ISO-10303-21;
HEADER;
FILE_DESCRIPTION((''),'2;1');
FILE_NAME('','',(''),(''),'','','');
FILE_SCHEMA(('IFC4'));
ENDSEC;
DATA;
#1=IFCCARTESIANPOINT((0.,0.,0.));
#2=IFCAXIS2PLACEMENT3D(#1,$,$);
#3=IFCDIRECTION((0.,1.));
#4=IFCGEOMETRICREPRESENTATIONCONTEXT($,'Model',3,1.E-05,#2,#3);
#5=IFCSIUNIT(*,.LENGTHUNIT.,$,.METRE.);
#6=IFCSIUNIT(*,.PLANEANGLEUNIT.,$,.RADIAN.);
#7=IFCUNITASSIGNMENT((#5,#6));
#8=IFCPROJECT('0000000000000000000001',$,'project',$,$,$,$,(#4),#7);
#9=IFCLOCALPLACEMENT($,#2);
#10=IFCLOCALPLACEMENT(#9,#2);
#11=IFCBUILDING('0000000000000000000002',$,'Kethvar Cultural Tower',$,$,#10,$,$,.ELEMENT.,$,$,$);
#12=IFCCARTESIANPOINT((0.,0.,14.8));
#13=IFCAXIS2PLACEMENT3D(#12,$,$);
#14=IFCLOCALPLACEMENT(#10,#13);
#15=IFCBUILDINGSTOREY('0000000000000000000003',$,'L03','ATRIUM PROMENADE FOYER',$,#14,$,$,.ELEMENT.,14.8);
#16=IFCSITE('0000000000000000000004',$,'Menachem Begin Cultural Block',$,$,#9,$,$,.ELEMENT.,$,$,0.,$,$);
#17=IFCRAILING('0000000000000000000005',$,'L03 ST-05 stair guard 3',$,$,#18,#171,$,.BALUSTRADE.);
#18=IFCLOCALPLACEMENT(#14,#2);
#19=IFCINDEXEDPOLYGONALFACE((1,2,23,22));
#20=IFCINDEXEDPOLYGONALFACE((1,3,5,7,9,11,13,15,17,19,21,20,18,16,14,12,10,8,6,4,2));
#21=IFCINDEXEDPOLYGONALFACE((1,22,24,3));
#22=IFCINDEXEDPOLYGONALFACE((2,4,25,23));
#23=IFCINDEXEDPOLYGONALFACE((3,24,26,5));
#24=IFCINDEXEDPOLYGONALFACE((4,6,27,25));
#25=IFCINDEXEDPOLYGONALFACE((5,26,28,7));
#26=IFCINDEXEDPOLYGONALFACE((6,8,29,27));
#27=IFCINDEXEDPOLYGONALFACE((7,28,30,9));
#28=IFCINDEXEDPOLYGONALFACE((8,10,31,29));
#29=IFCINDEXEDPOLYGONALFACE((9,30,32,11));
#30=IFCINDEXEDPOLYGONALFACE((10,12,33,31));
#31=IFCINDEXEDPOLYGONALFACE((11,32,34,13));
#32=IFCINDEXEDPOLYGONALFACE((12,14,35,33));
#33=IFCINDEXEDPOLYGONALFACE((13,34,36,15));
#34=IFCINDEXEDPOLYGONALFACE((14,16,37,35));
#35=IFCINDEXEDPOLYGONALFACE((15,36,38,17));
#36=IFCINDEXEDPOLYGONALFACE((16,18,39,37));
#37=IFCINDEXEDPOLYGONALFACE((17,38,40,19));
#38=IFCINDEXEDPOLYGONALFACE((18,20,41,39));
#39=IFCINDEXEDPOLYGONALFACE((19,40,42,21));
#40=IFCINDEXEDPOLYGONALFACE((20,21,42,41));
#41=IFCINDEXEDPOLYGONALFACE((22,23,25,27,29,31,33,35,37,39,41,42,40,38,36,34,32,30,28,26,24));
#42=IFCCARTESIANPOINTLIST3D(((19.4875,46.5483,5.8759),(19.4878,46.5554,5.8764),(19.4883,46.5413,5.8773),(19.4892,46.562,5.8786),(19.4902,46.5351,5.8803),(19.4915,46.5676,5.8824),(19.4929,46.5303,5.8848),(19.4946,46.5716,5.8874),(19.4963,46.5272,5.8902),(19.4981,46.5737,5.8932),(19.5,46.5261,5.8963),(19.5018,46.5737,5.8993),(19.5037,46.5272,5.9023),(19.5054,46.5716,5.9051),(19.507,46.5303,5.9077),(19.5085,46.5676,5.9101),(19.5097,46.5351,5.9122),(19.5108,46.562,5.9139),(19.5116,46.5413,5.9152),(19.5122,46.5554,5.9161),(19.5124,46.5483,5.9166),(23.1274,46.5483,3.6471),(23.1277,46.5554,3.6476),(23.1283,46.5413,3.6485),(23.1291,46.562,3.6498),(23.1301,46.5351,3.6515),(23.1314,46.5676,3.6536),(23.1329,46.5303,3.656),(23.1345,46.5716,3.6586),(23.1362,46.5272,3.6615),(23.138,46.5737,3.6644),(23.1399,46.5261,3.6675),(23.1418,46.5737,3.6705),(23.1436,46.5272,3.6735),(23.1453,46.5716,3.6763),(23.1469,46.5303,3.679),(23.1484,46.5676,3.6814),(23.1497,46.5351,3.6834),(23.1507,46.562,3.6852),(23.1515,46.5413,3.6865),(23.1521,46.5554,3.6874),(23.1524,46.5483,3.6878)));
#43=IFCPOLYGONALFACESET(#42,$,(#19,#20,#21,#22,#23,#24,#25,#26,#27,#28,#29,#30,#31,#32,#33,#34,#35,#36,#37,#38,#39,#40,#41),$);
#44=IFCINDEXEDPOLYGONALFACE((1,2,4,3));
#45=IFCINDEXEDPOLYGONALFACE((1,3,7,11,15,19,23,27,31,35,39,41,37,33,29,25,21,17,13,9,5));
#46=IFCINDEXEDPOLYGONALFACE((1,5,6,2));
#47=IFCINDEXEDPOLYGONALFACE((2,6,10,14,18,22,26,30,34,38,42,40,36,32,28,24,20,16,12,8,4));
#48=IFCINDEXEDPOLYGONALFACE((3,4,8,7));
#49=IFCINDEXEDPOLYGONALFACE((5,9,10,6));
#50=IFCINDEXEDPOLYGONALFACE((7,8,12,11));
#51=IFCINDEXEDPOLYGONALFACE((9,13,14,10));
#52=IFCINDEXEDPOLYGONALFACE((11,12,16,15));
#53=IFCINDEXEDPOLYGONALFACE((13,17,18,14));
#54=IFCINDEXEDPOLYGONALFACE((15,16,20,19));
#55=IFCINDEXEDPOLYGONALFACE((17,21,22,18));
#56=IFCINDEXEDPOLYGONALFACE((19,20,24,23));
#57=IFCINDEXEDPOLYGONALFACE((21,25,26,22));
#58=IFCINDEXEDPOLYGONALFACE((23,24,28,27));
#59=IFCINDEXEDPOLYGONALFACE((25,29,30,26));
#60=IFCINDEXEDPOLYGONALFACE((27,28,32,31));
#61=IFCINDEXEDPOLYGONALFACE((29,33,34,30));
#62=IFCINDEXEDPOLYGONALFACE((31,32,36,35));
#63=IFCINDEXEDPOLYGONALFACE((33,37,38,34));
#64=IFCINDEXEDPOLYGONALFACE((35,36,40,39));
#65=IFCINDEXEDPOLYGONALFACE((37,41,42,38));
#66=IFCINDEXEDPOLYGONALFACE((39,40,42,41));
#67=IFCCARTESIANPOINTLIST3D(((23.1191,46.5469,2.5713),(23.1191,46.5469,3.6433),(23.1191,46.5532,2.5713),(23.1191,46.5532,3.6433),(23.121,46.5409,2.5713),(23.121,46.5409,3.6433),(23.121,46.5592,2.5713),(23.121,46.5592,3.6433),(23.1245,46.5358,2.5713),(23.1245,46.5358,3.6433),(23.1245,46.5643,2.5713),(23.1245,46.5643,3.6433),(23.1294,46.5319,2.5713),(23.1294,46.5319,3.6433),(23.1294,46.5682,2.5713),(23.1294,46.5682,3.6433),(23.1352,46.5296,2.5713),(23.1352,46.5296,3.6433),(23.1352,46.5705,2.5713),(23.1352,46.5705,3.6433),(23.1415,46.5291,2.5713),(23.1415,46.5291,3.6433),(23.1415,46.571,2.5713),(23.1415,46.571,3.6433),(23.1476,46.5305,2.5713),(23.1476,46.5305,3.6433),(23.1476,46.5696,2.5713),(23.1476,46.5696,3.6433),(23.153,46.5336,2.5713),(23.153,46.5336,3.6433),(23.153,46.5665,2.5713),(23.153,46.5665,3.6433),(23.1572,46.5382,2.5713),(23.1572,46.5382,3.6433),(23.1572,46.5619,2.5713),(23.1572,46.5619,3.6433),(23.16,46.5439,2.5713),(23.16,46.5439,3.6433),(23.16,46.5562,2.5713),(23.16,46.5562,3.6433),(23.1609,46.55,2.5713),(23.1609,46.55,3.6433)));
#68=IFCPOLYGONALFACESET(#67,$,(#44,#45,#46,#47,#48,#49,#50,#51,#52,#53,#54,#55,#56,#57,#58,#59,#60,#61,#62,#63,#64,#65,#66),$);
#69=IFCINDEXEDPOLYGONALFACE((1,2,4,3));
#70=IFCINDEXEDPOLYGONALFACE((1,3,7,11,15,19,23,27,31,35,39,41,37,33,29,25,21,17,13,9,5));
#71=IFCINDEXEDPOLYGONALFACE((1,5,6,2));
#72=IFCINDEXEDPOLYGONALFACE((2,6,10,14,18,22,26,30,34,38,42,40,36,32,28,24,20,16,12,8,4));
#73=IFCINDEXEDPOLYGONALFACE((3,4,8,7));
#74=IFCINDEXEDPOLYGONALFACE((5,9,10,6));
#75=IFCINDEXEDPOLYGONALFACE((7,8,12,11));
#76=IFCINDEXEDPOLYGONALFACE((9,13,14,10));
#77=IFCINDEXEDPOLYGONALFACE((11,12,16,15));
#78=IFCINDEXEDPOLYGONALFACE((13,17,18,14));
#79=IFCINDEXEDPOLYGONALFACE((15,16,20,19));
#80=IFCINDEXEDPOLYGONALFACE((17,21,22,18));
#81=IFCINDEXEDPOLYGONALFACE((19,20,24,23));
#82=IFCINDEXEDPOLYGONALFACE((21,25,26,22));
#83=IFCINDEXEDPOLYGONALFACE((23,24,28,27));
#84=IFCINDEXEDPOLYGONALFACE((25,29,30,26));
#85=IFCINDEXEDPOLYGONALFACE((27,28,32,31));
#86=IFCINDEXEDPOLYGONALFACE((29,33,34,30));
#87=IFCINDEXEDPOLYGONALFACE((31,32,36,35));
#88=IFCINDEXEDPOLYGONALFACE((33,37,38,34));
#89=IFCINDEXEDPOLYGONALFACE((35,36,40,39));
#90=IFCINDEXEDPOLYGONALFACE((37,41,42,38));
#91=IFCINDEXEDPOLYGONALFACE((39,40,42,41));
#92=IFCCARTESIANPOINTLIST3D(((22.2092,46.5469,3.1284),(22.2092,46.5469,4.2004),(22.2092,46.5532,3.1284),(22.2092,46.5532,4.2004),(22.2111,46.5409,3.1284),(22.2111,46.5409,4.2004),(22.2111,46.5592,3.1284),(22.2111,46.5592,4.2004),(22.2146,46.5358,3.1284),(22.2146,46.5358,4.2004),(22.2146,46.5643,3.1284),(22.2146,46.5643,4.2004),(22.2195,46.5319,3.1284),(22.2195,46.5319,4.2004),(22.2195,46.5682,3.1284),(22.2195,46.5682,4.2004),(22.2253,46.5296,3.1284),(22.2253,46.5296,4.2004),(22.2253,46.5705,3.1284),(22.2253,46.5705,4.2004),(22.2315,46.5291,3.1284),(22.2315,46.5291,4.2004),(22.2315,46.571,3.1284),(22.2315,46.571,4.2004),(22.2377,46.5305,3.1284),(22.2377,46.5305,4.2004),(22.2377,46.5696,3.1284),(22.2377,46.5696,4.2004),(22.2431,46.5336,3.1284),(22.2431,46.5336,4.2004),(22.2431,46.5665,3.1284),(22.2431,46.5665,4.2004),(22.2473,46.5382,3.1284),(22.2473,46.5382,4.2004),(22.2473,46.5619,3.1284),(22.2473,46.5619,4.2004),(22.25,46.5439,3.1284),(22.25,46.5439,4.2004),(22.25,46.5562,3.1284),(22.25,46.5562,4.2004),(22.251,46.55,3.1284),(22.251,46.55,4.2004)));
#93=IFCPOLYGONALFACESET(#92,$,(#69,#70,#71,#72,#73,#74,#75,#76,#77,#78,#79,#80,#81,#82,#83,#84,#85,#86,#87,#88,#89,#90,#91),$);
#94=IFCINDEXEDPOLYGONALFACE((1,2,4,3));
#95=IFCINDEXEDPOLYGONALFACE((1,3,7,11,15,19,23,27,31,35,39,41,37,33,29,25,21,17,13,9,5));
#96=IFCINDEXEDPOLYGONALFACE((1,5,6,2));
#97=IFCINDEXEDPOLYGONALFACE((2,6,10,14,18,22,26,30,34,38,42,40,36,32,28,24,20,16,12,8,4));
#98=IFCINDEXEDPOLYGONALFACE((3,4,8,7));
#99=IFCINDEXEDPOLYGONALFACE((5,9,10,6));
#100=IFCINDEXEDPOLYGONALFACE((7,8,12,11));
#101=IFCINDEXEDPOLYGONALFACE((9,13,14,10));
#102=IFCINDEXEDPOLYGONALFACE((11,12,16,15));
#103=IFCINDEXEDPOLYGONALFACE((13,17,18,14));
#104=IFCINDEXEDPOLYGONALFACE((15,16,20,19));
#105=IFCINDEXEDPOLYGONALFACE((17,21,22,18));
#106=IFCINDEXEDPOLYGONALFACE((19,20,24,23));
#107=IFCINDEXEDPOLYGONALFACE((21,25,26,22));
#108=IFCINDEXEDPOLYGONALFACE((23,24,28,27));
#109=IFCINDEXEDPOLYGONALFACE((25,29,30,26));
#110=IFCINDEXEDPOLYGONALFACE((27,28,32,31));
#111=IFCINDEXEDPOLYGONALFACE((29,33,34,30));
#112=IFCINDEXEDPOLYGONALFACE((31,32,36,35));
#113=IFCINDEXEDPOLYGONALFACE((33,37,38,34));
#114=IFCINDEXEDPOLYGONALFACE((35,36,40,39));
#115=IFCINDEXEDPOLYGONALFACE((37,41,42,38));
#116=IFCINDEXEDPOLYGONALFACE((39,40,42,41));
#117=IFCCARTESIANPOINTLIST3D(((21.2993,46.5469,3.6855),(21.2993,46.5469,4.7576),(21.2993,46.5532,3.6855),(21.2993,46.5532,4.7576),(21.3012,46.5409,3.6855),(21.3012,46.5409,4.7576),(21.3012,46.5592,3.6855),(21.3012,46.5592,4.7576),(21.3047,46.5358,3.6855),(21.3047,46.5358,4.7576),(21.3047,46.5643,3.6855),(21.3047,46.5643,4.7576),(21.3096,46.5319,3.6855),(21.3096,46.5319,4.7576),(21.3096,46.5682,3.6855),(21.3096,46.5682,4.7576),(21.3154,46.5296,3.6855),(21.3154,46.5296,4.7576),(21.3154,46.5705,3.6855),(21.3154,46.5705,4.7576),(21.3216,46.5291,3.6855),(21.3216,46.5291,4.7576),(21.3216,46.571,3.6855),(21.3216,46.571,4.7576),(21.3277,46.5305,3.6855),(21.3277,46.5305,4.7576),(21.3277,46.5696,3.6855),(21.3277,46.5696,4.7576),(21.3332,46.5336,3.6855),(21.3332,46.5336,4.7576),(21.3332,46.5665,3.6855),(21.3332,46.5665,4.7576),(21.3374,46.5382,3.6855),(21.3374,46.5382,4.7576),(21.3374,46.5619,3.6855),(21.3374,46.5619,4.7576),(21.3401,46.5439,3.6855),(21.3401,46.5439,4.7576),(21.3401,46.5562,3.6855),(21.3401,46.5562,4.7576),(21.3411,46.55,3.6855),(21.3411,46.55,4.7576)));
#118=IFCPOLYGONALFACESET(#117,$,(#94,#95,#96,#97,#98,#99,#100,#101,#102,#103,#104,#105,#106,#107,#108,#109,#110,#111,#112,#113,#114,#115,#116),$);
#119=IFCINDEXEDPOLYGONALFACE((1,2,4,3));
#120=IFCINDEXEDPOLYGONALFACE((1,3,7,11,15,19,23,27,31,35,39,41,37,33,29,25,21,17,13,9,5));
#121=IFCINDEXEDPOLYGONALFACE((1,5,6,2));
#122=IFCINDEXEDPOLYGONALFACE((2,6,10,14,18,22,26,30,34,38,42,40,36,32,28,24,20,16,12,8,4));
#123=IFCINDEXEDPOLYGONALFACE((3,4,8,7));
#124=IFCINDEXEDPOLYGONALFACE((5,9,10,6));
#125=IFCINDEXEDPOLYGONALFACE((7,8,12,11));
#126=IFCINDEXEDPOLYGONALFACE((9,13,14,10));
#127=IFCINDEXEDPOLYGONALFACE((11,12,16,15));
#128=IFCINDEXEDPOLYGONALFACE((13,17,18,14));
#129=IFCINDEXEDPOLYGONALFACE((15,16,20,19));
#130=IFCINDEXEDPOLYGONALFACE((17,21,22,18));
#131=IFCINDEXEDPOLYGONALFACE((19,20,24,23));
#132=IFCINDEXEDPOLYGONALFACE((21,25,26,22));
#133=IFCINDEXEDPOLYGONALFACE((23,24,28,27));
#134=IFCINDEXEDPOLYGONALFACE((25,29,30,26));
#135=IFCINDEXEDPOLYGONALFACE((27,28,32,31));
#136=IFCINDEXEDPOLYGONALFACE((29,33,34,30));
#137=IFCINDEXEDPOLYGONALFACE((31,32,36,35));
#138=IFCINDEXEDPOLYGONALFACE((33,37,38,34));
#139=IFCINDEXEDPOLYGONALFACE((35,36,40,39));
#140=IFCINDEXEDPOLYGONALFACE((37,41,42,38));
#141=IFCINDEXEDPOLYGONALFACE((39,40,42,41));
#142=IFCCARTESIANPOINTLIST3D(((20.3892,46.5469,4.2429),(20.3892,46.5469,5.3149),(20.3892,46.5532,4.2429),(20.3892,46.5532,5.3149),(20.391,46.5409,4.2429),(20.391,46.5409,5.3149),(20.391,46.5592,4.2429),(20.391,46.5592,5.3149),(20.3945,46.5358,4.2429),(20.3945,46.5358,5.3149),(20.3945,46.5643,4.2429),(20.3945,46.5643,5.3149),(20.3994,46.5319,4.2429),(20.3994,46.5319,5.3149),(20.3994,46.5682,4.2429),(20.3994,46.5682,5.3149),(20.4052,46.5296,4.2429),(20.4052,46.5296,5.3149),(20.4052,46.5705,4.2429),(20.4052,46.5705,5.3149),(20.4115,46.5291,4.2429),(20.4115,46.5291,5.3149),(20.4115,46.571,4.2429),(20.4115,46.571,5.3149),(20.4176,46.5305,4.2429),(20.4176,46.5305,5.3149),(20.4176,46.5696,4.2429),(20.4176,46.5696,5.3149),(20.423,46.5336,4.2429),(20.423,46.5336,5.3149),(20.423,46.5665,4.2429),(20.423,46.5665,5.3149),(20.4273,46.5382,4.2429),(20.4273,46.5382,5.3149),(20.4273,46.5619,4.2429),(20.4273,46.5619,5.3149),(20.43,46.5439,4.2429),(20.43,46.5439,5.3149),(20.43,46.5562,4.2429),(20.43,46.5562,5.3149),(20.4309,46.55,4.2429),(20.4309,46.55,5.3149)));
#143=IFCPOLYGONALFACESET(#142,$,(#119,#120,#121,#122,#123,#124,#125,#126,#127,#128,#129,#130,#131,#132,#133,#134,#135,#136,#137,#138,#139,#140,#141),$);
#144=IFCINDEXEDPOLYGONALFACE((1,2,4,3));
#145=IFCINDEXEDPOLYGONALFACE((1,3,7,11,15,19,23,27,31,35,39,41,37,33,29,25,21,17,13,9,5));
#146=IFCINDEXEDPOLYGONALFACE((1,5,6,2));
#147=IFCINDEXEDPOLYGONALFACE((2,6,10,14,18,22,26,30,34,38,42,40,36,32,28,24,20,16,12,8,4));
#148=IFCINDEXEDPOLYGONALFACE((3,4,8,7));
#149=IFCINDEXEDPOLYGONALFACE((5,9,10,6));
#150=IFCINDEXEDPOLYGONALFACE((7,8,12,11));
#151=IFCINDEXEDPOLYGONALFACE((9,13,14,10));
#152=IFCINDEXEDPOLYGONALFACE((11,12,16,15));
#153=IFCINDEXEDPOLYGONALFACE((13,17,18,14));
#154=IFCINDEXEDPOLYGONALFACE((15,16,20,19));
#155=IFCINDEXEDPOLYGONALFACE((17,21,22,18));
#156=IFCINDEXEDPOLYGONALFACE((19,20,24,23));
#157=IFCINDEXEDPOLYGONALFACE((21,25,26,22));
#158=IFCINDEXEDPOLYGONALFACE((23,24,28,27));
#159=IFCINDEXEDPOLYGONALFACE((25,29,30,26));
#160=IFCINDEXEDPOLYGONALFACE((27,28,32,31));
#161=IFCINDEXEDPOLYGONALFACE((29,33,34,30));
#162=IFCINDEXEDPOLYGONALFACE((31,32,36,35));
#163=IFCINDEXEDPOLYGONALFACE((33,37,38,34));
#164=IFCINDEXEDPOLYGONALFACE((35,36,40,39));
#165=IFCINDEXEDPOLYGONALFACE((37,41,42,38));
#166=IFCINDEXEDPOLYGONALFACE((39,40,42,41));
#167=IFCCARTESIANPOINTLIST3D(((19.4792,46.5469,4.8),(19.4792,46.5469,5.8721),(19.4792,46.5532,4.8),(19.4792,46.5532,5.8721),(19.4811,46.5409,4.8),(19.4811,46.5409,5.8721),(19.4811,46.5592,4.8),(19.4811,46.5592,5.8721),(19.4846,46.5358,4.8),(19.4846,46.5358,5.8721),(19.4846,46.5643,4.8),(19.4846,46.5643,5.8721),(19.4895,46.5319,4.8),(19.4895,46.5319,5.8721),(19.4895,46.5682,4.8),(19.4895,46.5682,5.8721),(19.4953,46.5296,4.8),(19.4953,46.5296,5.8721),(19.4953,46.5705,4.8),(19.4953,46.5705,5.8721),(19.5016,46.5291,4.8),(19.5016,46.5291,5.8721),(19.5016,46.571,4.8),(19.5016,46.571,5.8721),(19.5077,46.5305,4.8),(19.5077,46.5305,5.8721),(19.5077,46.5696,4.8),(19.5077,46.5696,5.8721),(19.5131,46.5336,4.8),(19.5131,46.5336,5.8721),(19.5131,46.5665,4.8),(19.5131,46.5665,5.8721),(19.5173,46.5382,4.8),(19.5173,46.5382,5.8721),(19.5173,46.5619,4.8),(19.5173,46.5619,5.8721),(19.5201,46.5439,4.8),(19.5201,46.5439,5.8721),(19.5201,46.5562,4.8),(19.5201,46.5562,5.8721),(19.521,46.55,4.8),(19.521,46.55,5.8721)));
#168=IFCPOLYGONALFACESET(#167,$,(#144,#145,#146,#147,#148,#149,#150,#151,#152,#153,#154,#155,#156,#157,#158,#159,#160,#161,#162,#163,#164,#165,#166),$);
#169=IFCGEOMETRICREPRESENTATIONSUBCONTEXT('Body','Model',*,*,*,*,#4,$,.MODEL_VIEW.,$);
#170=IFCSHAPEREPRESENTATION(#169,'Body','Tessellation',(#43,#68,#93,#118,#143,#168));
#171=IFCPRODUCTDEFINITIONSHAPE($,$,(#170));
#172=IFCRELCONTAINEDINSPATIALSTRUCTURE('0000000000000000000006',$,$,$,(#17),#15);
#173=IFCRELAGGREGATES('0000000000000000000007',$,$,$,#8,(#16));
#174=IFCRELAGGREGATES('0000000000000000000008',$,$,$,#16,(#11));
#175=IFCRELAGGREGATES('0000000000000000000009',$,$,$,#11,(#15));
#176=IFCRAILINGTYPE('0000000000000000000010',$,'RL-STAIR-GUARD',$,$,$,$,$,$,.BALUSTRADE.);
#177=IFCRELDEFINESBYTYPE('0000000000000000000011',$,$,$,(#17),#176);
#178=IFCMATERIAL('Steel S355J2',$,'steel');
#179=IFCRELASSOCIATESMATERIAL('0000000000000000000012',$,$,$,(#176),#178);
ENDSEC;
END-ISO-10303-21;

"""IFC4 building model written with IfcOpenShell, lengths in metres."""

from ifc_helpers import new_model, si_unit, direction, frame, origin, origin_2d, place, context, subcontext, project, spatial, circle, extrude, material, type_object, element, save


model = new_model("IFC4")

# Units and contexts
model_context = context("Model", 3, precision=1e-05, world=origin(), true_north=direction((0.0, 1.0)))
body_context = subcontext(model_context, "Body", "Model", "MODEL_VIEW")
ifc_project = project(units=[si_unit("LENGTHUNIT", "METRE"), si_unit("PLANEANGLEUNIT", "RADIAN")], contexts=[model_context])

# Site, building, storey
site_placement = place(None, origin())
site = spatial("IfcSite", under=ifc_project, at=site_placement, Name="Menachem Begin Cultural Block", CompositionType="ELEMENT", RefElevation=0.0)
building_placement = place(site_placement, origin())
building = spatial("IfcBuilding", under=site, at=building_placement, Name="Kethvar Cultural Tower", CompositionType="ELEMENT")
storey_placement = place(building_placement, frame((0.0, 0.0, 14.8)))
storey = spatial("IfcBuildingStorey", under=building, at=storey_placement, Name="L03", Description="ATRIUM PROMENADE FOYER", CompositionType="ELEMENT", Elevation=14.8)

# Railing
ifc_material_1 = material(Name="Steel S355J2", Category="steel")
railing_type_1 = type_object("IfcRailingType", Name="RL-STAIR-GUARD", PredefinedType="BALUSTRADE", material=ifc_material_1)
railing_1_placement = place(storey_placement, frame((23.1399, 46.55, 2.5713)))
element("IfcRailing", 1, at=railing_1_placement, inside=storey, type_object=railing_type_1, Name="L03 ST-05 stair guard 3", PredefinedType="BALUSTRADE", context=body_context, shape_type="SweptSolid", body=[
    extrude(circle(Radius=0.0239, at=origin_2d()), frame((0.0, 0.0, 1.0962), z_axis=(-0.852825, 0.0, 0.522197), x_axis=(0.0, -1.0, 0.0)), (0.0, 0.0, 1.0), 4.2681),
    extrude(circle(Radius=0.021, at=origin_2d()), origin(), (0.0, 0.0, 1.0), 1.072),
    extrude(circle(Radius=0.021, at=origin_2d()), frame((-0.9099, 0.0, 0.5571)), (0.0, 0.0, 1.0), 1.072),
    extrude(circle(Radius=0.021, at=origin_2d()), frame((-1.8198, 0.0, 1.1143)), (0.0, 0.0, 1.0), 1.072),
    extrude(circle(Radius=0.021, at=origin_2d()), frame((-2.73, 0.0, 1.6716)), (0.0, 0.0, 1.0), 1.072),
    extrude(circle(Radius=0.021, at=origin_2d()), frame((-3.6399, 0.0, 2.2288)), (0.0, 0.0, 1.0), 1.072),
])

save(model, "model.ifc")
